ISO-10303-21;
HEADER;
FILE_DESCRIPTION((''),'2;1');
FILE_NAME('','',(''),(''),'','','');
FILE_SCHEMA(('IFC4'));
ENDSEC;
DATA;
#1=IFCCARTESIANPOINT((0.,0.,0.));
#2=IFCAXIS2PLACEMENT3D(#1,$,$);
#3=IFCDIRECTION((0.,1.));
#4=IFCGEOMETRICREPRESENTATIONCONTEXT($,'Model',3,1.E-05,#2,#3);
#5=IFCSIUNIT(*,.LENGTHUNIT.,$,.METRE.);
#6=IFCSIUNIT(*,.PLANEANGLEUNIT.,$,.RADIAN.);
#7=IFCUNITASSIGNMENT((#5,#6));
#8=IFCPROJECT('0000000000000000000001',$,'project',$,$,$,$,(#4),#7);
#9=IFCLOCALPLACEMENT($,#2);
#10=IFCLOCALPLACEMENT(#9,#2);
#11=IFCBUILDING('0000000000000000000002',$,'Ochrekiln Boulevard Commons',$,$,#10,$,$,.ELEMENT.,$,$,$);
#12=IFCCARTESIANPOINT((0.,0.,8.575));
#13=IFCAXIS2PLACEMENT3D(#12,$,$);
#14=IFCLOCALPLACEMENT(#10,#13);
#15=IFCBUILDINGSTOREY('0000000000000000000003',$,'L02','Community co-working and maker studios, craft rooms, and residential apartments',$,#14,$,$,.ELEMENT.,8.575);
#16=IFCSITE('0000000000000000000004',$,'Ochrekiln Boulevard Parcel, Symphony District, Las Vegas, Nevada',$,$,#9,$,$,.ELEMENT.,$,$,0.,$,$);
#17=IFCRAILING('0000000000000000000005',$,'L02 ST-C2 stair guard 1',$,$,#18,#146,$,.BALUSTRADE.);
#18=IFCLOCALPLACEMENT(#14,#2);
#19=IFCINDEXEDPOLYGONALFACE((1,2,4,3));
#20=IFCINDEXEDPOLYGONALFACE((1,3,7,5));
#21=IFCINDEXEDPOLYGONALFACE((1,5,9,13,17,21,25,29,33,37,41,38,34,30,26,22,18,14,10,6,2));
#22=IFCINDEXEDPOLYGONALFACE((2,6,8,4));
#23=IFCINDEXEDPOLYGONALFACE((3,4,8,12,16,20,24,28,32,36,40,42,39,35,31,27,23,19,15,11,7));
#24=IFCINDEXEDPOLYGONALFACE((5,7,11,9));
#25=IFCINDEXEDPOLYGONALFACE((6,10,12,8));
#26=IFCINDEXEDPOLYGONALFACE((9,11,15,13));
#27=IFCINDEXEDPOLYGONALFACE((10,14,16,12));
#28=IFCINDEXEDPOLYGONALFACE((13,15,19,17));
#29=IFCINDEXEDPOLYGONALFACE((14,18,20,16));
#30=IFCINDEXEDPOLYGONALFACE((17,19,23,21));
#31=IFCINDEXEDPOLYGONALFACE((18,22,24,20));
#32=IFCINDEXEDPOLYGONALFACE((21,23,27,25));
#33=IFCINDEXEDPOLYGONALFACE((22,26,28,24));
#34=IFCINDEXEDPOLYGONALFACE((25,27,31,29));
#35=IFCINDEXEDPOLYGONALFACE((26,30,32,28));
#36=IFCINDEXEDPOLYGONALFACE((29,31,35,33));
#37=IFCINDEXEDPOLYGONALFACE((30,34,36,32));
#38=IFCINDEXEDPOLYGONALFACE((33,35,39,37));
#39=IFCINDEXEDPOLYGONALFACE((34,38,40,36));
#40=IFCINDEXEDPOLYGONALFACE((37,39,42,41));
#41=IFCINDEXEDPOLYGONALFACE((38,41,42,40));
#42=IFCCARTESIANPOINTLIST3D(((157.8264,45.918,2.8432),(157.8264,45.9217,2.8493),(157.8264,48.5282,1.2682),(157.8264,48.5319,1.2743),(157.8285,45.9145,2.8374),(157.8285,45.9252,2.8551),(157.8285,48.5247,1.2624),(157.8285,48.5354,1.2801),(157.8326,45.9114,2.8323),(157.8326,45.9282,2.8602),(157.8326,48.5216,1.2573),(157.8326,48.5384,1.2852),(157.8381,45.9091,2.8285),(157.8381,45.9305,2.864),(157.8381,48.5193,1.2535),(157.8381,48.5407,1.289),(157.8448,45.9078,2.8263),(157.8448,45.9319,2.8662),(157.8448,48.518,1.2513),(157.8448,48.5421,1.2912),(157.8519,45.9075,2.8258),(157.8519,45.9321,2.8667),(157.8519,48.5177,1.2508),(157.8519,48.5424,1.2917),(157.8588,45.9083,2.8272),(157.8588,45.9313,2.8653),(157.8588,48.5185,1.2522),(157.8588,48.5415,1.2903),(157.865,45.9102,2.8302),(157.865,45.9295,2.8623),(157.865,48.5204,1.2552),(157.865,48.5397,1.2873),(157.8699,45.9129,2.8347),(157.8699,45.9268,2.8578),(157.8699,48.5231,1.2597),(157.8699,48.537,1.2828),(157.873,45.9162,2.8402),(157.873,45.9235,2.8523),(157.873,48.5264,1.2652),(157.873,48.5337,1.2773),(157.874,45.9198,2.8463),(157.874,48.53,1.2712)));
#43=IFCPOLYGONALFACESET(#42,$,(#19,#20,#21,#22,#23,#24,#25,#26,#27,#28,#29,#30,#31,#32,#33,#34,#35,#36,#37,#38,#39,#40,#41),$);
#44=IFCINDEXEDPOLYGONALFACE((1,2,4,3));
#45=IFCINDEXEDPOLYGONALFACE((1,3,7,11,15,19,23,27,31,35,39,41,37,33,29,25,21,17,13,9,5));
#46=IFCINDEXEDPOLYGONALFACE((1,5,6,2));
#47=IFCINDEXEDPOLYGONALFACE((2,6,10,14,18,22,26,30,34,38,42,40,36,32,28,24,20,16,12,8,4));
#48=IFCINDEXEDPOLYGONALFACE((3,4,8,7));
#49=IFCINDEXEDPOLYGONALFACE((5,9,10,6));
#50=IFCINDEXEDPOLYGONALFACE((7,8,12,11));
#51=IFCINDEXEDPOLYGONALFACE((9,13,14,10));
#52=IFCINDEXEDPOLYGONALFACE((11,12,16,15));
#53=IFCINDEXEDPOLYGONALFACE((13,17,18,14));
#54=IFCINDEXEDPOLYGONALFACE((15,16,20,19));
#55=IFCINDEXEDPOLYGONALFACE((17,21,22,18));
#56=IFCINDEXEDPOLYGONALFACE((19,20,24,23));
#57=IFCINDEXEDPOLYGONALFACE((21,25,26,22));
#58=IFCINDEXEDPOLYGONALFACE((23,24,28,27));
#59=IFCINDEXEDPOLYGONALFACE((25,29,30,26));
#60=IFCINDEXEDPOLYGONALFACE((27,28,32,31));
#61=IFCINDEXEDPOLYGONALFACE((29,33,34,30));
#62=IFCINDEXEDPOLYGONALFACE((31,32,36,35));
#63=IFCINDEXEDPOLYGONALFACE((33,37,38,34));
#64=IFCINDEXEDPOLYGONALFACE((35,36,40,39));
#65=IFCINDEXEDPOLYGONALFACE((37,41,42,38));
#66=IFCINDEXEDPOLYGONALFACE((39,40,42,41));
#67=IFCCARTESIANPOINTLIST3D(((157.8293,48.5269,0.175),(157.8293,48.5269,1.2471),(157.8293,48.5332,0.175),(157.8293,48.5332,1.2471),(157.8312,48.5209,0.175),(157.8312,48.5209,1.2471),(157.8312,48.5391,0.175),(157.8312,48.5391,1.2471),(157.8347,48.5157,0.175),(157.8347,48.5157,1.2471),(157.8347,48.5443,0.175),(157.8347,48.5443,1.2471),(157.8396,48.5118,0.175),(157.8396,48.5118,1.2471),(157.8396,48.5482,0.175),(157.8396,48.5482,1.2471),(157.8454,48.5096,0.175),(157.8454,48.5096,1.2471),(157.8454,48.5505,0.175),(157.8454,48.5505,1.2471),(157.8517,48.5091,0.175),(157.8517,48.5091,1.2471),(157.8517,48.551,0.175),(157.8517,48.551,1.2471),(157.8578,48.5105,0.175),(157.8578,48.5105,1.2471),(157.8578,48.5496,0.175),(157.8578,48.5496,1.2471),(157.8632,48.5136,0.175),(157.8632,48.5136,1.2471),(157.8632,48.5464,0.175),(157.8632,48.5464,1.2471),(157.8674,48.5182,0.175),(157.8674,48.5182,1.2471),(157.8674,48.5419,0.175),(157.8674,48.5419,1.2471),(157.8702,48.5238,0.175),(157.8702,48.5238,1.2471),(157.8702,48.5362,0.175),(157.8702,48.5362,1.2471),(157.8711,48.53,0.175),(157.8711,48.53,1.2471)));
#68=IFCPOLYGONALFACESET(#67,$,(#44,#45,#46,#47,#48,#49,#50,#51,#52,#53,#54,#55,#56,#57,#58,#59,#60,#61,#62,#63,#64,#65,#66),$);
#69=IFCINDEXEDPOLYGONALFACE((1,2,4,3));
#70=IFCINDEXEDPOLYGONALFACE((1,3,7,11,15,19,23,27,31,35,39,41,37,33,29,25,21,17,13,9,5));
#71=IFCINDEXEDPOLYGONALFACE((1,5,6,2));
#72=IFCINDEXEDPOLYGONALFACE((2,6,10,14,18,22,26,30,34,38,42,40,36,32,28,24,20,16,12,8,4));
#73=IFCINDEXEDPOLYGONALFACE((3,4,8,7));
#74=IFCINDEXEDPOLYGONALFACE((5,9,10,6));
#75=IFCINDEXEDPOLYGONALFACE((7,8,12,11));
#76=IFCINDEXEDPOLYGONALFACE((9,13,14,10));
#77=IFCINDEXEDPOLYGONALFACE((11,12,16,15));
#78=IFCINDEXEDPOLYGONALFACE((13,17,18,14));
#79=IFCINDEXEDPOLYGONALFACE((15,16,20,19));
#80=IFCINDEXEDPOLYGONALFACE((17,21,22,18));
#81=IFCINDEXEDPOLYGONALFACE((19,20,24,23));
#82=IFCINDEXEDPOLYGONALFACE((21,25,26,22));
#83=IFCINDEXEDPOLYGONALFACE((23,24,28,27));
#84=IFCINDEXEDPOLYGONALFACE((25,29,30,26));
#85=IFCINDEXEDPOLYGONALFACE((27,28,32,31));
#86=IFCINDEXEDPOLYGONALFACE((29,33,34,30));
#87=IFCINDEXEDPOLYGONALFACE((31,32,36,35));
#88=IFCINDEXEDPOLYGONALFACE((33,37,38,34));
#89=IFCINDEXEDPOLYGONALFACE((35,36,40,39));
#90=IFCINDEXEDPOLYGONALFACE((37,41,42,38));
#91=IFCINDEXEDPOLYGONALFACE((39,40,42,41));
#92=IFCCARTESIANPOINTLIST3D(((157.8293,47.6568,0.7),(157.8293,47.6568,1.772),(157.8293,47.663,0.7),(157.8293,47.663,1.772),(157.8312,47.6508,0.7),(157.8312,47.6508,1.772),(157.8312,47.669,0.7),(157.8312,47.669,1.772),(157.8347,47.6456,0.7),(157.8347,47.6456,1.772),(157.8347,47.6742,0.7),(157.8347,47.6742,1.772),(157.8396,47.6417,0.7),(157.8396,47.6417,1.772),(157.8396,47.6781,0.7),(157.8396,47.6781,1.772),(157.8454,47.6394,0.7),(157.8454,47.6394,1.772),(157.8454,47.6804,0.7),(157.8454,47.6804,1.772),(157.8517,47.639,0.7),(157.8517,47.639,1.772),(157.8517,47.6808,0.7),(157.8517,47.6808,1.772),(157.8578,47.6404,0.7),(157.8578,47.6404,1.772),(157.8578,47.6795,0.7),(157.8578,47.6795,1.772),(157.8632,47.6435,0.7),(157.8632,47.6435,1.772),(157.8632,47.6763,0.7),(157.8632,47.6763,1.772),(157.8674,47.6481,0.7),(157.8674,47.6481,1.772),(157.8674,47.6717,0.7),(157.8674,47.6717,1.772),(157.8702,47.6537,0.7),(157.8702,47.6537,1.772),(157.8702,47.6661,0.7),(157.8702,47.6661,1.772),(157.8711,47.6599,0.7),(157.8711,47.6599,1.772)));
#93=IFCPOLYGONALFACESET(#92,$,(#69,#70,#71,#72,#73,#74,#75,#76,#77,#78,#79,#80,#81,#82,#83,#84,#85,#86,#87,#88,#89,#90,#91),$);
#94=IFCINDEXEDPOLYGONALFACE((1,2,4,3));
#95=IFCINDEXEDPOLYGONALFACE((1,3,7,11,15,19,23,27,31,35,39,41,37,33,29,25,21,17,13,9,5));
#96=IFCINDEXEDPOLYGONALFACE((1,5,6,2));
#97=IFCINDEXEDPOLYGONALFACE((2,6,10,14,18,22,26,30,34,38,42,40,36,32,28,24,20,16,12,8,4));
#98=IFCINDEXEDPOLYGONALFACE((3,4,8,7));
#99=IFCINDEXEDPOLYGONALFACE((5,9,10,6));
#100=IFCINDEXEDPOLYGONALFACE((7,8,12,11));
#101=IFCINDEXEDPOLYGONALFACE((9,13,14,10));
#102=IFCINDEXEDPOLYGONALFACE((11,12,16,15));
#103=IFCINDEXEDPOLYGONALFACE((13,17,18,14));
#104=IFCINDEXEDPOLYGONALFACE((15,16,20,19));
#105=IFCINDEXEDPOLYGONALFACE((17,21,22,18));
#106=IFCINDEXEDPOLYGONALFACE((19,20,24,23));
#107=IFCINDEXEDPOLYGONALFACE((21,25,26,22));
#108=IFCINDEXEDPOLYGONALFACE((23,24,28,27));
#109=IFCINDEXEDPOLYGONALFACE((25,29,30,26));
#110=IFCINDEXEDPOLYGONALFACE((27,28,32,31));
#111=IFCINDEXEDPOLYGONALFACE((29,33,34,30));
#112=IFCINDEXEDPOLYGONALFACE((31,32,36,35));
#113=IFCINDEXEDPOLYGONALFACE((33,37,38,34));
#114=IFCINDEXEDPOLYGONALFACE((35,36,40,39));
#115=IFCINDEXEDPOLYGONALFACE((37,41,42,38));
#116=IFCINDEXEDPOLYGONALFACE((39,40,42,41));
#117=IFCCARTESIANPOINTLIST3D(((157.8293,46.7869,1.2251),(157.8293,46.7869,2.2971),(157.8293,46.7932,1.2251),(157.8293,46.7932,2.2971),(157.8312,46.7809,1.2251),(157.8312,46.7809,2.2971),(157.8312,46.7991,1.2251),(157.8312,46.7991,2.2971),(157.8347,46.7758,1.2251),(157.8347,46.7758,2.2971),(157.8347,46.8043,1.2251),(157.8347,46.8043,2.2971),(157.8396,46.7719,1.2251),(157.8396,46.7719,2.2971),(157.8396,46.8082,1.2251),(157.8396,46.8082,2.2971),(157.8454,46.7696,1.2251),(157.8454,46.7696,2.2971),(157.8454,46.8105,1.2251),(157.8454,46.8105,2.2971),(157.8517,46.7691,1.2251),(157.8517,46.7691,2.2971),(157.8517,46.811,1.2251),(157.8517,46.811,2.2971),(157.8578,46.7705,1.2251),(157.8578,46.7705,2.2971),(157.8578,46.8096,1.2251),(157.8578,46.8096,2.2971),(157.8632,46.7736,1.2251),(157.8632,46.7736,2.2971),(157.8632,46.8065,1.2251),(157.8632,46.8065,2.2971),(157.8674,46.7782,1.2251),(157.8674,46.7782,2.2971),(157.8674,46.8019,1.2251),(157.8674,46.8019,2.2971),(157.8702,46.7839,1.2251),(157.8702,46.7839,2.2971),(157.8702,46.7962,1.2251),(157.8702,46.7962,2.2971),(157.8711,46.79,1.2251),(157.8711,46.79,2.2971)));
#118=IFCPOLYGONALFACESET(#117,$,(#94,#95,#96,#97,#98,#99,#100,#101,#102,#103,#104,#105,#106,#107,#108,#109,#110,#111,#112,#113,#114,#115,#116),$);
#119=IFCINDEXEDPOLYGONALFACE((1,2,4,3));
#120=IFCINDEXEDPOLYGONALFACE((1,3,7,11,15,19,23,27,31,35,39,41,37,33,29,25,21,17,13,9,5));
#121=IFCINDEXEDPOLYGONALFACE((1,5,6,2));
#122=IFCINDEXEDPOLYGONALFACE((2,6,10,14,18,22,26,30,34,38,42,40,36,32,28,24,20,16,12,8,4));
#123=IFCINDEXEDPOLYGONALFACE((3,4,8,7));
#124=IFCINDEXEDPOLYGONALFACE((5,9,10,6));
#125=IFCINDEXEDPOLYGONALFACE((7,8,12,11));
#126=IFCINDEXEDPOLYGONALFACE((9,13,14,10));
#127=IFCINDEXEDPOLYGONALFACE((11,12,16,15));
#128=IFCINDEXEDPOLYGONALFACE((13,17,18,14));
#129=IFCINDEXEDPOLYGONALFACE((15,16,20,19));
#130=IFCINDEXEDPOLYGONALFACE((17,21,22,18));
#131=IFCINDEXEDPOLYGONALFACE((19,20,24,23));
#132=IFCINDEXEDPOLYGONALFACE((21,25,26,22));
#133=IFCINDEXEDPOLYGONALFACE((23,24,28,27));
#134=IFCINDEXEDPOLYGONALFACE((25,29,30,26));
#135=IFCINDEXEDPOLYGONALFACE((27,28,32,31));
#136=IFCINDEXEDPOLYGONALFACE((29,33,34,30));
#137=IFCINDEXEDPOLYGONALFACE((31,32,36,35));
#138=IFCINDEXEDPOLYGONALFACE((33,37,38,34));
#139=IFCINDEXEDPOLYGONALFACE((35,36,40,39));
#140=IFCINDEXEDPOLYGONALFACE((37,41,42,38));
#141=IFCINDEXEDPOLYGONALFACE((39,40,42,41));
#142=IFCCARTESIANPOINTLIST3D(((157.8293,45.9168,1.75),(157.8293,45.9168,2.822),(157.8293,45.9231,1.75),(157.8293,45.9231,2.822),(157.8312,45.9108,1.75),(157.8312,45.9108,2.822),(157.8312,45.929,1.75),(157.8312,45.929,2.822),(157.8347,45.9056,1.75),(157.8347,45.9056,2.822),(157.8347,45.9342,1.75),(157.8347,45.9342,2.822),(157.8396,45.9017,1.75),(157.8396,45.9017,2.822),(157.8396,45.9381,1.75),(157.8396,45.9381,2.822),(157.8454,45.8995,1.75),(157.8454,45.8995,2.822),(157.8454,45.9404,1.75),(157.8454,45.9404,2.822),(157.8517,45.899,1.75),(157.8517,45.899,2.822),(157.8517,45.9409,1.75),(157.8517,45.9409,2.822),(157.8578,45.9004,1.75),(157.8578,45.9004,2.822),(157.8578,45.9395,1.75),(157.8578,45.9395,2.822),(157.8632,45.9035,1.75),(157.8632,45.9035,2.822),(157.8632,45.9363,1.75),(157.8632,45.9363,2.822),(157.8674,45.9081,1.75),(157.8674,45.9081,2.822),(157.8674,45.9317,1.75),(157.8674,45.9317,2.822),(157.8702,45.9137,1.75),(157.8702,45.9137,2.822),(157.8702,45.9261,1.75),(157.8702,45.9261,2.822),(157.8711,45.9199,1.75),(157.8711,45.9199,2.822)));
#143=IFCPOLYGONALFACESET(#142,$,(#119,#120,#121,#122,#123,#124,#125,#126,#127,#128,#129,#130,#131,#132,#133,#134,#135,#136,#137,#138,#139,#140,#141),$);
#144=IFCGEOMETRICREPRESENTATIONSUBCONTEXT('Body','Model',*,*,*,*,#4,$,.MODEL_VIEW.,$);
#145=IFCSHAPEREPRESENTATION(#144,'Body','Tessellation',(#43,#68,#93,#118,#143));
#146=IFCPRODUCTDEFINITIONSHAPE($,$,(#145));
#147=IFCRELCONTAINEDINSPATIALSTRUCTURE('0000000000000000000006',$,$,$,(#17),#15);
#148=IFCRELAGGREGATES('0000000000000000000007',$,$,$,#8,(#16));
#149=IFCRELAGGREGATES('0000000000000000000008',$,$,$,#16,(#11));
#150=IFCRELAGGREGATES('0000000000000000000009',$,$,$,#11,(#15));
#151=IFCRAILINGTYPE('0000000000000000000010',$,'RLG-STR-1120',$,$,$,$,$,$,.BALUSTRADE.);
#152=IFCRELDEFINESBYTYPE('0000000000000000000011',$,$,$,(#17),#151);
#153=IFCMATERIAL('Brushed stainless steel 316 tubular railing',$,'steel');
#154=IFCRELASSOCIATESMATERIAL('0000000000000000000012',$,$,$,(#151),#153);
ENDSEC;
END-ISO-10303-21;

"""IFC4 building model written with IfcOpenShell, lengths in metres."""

from ifc_helpers import new_model, si_unit, direction, frame, origin, origin_2d, place, context, subcontext, project, spatial, circle, extrude, material, type_object, element, save


model = new_model("IFC4")

# Units and contexts
model_context = context("Model", 3, precision=1e-05, world=origin(), true_north=direction((0.0, 1.0)))
body_context = subcontext(model_context, "Body", "Model", "MODEL_VIEW")
ifc_project = project(units=[si_unit("LENGTHUNIT", "METRE"), si_unit("PLANEANGLEUNIT", "RADIAN")], contexts=[model_context])

# Site, building, storey
site_placement = place(None, origin())
site = spatial("IfcSite", under=ifc_project, at=site_placement, Name="Ochrekiln Boulevard Parcel, Symphony District, Las Vegas, Nevada", CompositionType="ELEMENT", RefElevation=0.0)
building_placement = place(site_placement, origin())
building = spatial("IfcBuilding", under=site, at=building_placement, Name="Ochrekiln Boulevard Commons", CompositionType="ELEMENT")
storey_placement = place(building_placement, frame((0.0, 0.0, 8.575)))
storey = spatial("IfcBuildingStorey", under=building, at=storey_placement, Name="L02", Description="Community co-working and maker studios, craft rooms, and residential apartments", CompositionType="ELEMENT", Elevation=8.575)

# Railing
ifc_material_1 = material(Name="Brushed stainless steel 316 tubular railing", Category="steel")
railing_type_1 = type_object("IfcRailingType", Name="RLG-STR-1120", PredefinedType="BALUSTRADE", material=ifc_material_1)
railing_1_placement = place(storey_placement, frame((157.8501, 48.53, 0.175)))
element("IfcRailing", 1, at=railing_1_placement, inside=storey, type_object=railing_type_1, Name="L02 ST-C2 stair guard 1", PredefinedType="BALUSTRADE", context=body_context, shape_type="SweptSolid", body=[
    extrude(circle(Radius=0.0239, at=origin_2d()), frame((0.0, 0.0, 1.0962), z_axis=(0.0, -0.856204, 0.516638), x_axis=(1.0, 0.0, 0.0)), (0.0, 0.0, 1.0), 3.0486),
    extrude(circle(Radius=0.021, at=origin_2d()), origin(), (0.0, 0.0, 1.0), 1.072),
    extrude(circle(Radius=0.021, at=origin_2d()), frame((0.0, -0.8701, 0.5249)), (0.0, 0.0, 1.0), 1.072),
    extrude(circle(Radius=0.021, at=origin_2d()), frame((0.0, -1.74, 1.05)), (0.0, 0.0, 1.0), 1.072),
    extrude(circle(Radius=0.021, at=origin_2d()), frame((0.0, -2.6101, 1.575)), (0.0, 0.0, 1.0), 1.072),
])

save(model, "model.ifc")
